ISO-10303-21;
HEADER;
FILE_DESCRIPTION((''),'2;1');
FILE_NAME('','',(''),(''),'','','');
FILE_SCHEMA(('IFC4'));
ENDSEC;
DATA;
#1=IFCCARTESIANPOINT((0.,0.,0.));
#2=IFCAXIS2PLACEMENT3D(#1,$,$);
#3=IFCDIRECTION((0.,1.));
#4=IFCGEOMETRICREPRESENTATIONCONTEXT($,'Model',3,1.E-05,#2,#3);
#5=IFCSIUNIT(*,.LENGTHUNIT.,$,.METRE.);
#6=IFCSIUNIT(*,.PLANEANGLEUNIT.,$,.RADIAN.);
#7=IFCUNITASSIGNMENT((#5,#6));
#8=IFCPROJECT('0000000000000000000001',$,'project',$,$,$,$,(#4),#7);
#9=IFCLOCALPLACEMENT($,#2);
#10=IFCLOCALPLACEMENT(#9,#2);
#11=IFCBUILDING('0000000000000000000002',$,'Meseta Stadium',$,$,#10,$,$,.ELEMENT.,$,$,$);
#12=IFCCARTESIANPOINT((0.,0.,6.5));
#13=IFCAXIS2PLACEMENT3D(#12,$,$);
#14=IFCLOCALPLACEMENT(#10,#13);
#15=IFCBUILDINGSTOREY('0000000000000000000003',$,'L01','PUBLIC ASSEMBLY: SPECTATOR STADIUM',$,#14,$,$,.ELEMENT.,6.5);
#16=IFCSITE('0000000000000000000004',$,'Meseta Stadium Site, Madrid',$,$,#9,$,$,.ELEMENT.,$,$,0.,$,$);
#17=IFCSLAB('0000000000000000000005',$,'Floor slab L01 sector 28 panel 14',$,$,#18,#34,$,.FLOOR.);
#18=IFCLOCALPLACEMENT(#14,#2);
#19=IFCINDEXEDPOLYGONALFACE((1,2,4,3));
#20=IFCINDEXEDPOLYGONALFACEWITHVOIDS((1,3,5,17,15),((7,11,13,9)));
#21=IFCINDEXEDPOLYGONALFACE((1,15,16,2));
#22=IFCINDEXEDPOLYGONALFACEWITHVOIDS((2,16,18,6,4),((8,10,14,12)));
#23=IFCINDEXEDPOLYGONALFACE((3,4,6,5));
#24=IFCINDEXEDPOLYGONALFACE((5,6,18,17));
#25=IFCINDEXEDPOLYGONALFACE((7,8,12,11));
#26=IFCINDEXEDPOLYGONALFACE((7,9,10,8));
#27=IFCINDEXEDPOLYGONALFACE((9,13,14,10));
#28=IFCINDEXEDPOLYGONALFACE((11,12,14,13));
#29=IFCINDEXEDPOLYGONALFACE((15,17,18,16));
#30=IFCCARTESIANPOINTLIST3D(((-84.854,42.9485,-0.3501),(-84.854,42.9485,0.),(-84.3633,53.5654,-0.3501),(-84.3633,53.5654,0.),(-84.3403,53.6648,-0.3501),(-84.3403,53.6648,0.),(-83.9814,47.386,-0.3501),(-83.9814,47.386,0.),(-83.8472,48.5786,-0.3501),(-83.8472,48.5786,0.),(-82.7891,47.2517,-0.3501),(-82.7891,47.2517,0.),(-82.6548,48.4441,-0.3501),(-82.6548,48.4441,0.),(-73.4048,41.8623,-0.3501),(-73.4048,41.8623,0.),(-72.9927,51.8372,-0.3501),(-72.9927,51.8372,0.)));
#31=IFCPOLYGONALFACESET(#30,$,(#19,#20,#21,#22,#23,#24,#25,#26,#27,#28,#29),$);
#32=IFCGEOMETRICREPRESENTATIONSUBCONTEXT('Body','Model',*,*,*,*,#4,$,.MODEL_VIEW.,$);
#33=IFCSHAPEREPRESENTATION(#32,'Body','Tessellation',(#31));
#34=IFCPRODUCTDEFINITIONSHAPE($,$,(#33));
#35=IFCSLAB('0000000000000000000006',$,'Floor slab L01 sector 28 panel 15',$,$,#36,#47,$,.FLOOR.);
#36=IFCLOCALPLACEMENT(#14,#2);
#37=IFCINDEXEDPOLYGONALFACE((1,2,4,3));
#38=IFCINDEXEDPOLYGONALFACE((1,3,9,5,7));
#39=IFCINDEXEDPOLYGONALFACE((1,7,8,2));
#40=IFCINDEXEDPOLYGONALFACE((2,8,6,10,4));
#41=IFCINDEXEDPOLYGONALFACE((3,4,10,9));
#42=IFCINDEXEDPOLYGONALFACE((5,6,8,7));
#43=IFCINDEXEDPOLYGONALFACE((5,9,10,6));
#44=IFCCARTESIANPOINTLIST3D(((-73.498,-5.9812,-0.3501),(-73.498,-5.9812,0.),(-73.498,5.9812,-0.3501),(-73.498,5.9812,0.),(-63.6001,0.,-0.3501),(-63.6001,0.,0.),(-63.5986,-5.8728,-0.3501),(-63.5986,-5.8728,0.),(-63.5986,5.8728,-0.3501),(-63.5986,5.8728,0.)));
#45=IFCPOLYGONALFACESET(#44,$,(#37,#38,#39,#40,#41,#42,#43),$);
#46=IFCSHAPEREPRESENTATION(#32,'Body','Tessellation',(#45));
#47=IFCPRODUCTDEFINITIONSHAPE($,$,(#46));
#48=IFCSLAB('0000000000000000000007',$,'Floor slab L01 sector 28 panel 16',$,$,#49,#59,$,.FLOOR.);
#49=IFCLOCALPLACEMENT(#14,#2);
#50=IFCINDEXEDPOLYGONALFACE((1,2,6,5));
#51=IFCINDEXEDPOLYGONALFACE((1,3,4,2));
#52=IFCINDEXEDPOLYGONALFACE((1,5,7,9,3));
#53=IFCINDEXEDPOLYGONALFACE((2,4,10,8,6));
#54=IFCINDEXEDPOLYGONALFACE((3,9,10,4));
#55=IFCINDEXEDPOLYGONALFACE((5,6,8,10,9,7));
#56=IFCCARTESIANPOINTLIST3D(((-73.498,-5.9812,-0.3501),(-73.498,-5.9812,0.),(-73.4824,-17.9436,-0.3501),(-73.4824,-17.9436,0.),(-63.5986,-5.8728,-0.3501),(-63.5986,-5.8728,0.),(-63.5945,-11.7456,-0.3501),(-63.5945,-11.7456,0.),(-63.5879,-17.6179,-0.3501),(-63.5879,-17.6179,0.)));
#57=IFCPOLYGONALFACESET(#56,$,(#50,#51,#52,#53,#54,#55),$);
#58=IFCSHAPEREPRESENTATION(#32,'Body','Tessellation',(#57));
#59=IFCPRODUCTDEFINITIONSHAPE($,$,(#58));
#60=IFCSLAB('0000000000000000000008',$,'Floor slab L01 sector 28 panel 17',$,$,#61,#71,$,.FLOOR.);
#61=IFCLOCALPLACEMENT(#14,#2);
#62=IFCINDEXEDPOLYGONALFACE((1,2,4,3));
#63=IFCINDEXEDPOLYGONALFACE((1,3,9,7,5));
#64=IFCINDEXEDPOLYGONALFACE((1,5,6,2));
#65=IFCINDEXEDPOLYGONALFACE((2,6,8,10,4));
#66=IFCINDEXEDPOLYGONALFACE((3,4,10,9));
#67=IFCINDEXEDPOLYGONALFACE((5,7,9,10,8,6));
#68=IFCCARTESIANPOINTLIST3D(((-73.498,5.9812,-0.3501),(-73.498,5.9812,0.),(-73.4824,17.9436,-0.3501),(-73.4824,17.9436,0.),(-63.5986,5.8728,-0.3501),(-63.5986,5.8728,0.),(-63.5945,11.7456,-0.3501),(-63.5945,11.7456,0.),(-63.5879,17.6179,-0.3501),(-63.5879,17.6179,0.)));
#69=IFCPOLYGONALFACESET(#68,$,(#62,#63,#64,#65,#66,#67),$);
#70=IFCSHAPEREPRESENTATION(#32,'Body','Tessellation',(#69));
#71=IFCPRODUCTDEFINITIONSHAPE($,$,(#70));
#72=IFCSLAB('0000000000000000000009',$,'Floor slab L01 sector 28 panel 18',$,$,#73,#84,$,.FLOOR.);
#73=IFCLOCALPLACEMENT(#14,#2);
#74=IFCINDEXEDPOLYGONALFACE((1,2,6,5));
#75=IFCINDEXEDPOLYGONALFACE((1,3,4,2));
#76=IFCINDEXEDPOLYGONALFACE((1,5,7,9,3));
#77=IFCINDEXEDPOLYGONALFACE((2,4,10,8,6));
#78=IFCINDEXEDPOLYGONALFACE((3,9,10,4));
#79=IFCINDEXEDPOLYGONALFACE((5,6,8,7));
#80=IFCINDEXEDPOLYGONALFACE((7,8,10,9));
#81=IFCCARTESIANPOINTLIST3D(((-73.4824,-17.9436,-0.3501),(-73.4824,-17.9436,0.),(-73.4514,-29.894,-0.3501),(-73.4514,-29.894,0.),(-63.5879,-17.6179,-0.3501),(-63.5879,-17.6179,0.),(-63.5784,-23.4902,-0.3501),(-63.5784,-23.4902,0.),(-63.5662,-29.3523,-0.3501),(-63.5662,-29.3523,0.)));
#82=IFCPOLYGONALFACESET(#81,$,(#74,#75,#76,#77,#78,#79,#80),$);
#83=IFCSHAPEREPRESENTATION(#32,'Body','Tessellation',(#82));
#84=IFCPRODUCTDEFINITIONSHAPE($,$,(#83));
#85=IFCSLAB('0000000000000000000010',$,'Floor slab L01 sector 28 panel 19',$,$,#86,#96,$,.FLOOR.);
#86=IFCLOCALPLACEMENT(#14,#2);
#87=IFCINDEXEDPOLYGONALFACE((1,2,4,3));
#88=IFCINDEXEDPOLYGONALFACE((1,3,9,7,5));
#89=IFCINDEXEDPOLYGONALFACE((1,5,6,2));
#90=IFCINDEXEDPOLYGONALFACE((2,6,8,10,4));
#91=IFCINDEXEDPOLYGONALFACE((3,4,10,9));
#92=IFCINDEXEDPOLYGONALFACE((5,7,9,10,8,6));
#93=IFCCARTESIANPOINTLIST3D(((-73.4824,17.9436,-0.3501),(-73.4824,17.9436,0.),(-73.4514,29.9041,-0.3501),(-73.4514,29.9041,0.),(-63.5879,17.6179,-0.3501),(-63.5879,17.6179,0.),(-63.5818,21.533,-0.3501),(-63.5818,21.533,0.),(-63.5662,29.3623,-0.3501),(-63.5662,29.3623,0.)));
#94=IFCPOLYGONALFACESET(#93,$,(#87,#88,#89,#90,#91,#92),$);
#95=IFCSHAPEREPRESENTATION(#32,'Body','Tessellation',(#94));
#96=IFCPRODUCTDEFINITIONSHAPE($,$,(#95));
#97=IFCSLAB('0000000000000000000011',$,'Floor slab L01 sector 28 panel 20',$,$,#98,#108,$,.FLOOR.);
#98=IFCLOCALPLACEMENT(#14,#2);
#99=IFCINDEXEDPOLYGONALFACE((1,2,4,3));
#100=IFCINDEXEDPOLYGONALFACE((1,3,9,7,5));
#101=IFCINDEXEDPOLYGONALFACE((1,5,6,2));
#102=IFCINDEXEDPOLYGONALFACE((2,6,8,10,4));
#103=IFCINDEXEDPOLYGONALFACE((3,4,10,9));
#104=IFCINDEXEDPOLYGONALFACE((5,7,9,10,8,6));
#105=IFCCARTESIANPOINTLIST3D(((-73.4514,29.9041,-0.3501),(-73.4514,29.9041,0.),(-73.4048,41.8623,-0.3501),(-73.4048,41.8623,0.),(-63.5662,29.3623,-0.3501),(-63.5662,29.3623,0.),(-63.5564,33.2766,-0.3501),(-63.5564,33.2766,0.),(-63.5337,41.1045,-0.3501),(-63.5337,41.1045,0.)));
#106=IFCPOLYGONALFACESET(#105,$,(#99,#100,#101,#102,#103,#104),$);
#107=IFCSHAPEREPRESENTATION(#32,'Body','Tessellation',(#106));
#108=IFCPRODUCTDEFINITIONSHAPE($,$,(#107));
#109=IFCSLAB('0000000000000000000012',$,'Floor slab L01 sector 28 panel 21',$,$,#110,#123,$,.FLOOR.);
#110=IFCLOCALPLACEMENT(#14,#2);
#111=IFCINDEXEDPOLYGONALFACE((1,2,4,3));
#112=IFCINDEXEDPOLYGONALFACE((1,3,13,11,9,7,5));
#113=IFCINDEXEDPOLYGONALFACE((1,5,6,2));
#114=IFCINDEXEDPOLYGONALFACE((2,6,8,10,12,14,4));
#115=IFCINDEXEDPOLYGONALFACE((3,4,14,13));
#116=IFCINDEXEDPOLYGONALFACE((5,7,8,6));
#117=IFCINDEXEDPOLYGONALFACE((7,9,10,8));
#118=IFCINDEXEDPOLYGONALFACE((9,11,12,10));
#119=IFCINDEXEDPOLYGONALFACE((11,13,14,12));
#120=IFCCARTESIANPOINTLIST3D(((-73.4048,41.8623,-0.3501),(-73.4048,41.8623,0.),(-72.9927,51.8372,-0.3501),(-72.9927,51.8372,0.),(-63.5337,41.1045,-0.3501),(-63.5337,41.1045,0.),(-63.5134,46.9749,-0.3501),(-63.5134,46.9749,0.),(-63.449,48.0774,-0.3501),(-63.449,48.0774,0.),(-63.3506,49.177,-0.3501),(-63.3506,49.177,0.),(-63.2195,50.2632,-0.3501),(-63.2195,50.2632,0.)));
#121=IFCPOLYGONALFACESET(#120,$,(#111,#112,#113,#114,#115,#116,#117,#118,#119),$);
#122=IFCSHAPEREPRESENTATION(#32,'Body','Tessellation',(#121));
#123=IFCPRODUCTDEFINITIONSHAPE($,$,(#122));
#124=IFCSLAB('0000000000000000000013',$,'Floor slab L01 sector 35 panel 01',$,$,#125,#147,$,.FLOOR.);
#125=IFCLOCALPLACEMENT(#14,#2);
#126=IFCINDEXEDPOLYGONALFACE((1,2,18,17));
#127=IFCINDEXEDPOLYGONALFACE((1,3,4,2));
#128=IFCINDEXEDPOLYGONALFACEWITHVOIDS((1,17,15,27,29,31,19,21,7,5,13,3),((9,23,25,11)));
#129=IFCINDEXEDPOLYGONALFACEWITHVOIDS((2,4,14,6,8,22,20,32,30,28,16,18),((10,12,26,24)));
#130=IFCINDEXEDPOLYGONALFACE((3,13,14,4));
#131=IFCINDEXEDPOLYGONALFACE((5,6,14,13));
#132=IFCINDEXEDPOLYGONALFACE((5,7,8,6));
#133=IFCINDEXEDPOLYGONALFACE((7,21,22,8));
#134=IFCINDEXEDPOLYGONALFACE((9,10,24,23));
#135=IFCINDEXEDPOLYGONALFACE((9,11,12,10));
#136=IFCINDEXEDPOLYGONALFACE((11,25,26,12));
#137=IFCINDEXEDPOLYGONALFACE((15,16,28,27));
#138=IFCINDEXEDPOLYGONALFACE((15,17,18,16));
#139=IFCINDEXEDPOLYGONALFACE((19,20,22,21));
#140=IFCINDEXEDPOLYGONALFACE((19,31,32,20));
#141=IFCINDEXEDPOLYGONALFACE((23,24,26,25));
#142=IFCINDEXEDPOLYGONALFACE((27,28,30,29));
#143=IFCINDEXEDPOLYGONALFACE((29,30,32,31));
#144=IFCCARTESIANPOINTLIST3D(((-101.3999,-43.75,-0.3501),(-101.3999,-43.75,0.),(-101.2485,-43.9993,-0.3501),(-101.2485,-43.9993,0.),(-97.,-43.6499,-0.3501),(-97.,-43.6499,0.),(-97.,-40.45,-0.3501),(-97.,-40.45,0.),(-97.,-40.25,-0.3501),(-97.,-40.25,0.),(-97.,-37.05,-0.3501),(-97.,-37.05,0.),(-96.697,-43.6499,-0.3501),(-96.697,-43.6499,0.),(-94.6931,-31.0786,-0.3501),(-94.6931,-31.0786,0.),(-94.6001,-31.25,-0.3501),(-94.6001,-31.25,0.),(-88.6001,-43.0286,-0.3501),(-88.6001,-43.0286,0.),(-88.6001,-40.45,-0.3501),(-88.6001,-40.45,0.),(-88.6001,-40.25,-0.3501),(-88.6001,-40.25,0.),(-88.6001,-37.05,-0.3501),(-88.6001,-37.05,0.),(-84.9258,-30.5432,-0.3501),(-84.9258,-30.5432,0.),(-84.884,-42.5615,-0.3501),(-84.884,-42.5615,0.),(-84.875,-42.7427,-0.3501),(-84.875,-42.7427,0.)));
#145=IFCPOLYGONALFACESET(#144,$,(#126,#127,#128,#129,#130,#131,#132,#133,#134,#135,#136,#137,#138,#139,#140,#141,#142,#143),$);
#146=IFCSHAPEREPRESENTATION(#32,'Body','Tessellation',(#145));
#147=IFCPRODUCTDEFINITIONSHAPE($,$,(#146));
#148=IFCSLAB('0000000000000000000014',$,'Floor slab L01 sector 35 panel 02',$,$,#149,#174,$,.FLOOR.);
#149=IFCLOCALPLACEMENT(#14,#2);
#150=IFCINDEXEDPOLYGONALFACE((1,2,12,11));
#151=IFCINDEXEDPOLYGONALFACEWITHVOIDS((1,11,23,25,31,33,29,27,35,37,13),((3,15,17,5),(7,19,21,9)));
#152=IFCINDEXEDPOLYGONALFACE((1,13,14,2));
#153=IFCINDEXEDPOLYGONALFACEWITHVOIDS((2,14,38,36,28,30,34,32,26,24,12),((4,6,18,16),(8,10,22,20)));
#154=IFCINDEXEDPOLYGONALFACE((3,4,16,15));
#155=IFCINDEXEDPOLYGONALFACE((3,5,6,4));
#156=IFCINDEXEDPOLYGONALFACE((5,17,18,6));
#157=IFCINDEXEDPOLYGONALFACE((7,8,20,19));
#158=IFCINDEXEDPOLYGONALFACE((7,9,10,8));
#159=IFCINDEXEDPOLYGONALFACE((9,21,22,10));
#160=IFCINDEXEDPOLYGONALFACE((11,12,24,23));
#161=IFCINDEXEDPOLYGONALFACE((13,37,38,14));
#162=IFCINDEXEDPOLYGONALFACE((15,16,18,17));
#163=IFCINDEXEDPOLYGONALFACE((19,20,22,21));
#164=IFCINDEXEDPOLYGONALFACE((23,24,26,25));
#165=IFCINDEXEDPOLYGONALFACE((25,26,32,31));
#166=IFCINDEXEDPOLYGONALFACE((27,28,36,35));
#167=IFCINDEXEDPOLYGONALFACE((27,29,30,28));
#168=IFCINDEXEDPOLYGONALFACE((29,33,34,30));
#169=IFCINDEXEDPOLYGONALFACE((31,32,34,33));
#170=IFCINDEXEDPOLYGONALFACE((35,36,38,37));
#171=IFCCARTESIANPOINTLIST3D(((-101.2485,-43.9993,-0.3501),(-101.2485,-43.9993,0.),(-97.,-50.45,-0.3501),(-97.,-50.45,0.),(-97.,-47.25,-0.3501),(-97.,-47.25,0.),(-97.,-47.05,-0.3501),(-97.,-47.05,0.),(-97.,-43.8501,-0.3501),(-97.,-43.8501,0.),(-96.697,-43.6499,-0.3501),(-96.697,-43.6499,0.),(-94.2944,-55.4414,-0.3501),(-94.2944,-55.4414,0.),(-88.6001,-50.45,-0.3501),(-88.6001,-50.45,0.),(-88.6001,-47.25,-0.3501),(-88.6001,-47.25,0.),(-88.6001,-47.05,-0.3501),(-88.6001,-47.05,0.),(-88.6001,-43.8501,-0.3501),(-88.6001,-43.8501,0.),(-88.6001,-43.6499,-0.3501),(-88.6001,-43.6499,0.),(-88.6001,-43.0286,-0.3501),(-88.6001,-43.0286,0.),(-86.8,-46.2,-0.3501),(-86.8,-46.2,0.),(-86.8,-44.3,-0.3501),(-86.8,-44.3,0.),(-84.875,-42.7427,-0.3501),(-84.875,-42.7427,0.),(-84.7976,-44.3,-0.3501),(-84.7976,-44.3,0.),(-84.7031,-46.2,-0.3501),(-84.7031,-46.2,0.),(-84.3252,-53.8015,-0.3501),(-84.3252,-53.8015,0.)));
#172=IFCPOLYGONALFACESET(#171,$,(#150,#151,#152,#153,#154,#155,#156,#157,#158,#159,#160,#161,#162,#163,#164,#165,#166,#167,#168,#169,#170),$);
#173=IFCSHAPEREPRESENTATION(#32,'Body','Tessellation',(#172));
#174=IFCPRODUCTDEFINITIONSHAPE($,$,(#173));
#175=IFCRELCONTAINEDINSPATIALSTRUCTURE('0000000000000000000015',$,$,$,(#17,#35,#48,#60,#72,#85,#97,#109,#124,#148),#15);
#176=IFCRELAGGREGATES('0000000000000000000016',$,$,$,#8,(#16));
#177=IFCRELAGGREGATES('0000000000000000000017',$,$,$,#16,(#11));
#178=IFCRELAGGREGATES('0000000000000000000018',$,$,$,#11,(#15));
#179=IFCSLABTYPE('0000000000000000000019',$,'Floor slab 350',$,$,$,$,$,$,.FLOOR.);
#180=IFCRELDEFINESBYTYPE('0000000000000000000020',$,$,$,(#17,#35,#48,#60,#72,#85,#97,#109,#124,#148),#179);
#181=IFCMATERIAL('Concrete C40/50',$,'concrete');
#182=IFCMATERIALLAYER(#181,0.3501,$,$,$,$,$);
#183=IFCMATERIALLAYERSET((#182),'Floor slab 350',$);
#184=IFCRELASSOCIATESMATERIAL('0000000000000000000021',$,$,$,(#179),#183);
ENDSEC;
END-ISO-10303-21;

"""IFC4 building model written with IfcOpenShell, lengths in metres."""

from ifc_helpers import new_model, si_unit, direction, frame, origin, place, context, subcontext, project, spatial, polyline, outline, extrude, material, layer, layer_set, type_object, element, save


model = new_model("IFC4")

# Units and contexts
model_context = context("Model", 3, precision=1e-05, world=origin(), true_north=direction((0.0, 1.0)))
body_context = subcontext(model_context, "Body", "Model", "MODEL_VIEW")
ifc_project = project(units=[si_unit("LENGTHUNIT", "METRE"), si_unit("PLANEANGLEUNIT", "RADIAN")], contexts=[model_context])

# Site, building, storey
site_placement = place(None, origin())
site = spatial("IfcSite", under=ifc_project, at=site_placement, Name="Meseta Stadium Site, Madrid", CompositionType="ELEMENT", RefElevation=0.0)
building_placement = place(site_placement, origin())
building = spatial("IfcBuilding", under=site, at=building_placement, Name="Meseta Stadium", CompositionType="ELEMENT")
storey_placement = place(building_placement, frame((0.0, 0.0, 6.5)))
storey = spatial("IfcBuildingStorey", under=building, at=storey_placement, Name="L01", Description="PUBLIC ASSEMBLY: SPECTATOR STADIUM", CompositionType="ELEMENT", Elevation=6.5)

# Slabs
ifc_material = material(Name="Concrete C40/50", Category="concrete")
ifc_layer = layer(ifc_material, 0.3501)
ifc_layer_set = layer_set([ifc_layer], Name="Floor slab 350")
slab_type = type_object("IfcSlabType", Name="Floor slab 350", PredefinedType="FLOOR", material=ifc_layer_set)
slab_1_placement = place(storey_placement, frame((0.0, 0.0, -0.3501)))
element("IfcSlab", 1, at=slab_1_placement, inside=storey, type_object=slab_type, Name="Floor slab L01 sector 28 panel 14", PredefinedType="FLOOR", context=body_context, shape_type="SweptSolid", body=[
    extrude(outline(polyline([(-72.9927, 51.8372), (-84.3403, 53.6648), (-84.3633, 53.5654), (-84.854, 42.9485), (-73.4048, 41.8623), (-72.9927, 51.8372)]), holes=[polyline([(-83.8472, 48.5786), (-82.6548, 48.4441), (-82.7891, 47.2517), (-83.9814, 47.386), (-83.8472, 48.5786)])]), origin(), (0.0, 0.0, 1.0), 0.3501),
])
slab_2_placement = place(storey_placement, frame((0.0, 0.0, -0.3501)))
element("IfcSlab", 2, at=slab_2_placement, inside=storey, type_object=slab_type, Name="Floor slab L01 sector 28 panel 15", PredefinedType="FLOOR", context=body_context, shape_type="SweptSolid", body=[
    extrude(outline(polyline([(-63.5986, 5.8728), (-73.498, 5.9812), (-73.498, -5.9812), (-63.5986, -5.8728), (-63.6001, 0.0), (-63.5986, 5.8728)])), origin(), (0.0, 0.0, 1.0), 0.3501),
])
slab_3_placement = place(storey_placement, frame((0.0, 0.0, -0.3501)))
element("IfcSlab", 3, at=slab_3_placement, inside=storey, type_object=slab_type, Name="Floor slab L01 sector 28 panel 16", PredefinedType="FLOOR", context=body_context, shape_type="SweptSolid", body=[
    extrude(outline(polyline([(-63.5986, -5.8728), (-73.498, -5.9812), (-73.4824, -17.9436), (-63.5879, -17.6179), (-63.5945, -11.7456), (-63.5986, -5.8728)])), origin(), (0.0, 0.0, 1.0), 0.3501),
])
slab_4_placement = place(storey_placement, frame((0.0, 0.0, -0.3501)))
element("IfcSlab", 4, at=slab_4_placement, inside=storey, type_object=slab_type, Name="Floor slab L01 sector 28 panel 17", PredefinedType="FLOOR", context=body_context, shape_type="SweptSolid", body=[
    extrude(outline(polyline([(-63.5879, 17.6179), (-73.4824, 17.9436), (-73.498, 5.9812), (-63.5986, 5.8728), (-63.5945, 11.7456), (-63.5879, 17.6179)])), origin(), (0.0, 0.0, 1.0), 0.3501),
])
slab_5_placement = place(storey_placement, frame((0.0, 0.0, -0.3501)))
element("IfcSlab", 5, at=slab_5_placement, inside=storey, type_object=slab_type, Name="Floor slab L01 sector 28 panel 18", PredefinedType="FLOOR", context=body_context, shape_type="SweptSolid", body=[
    extrude(outline(polyline([(-63.5879, -17.6179), (-73.4824, -17.9436), (-73.4514, -29.894), (-63.5662, -29.3523), (-63.5784, -23.4902), (-63.5879, -17.6179)])), origin(), (0.0, 0.0, 1.0), 0.3501),
])
slab_6_placement = place(storey_placement, frame((0.0, 0.0, -0.3501)))
element("IfcSlab", 6, at=slab_6_placement, inside=storey, type_object=slab_type, Name="Floor slab L01 sector 28 panel 19", PredefinedType="FLOOR", context=body_context, shape_type="SweptSolid", body=[
    extrude(outline(polyline([(-63.5662, 29.3623), (-73.4514, 29.9041), (-73.4824, 17.9436), (-63.5879, 17.6179), (-63.5818, 21.533), (-63.5662, 29.3623)])), origin(), (0.0, 0.0, 1.0), 0.3501),
])
slab_7_placement = place(storey_placement, frame((0.0, 0.0, -0.3501)))
element("IfcSlab", 7, at=slab_7_placement, inside=storey, type_object=slab_type, Name="Floor slab L01 sector 28 panel 20", PredefinedType="FLOOR", context=body_context, shape_type="SweptSolid", body=[
    extrude(outline(polyline([(-63.5337, 41.1045), (-73.4048, 41.8623), (-73.4514, 29.9041), (-63.5662, 29.3623), (-63.5564, 33.2766), (-63.5337, 41.1045)])), origin(), (0.0, 0.0, 1.0), 0.3501),
])
slab_8_placement = place(storey_placement, frame((0.0, 0.0, -0.3501)))
element("IfcSlab", 8, at=slab_8_placement, inside=storey, type_object=slab_type, Name="Floor slab L01 sector 28 panel 21", PredefinedType="FLOOR", context=body_context, shape_type="SweptSolid", body=[
    extrude(outline(polyline([(-72.9927, 51.8372), (-73.4048, 41.8623), (-63.5337, 41.1045), (-63.5134, 46.9749), (-63.449, 48.0774), (-63.3506, 49.177), (-63.2195, 50.2632), (-72.9927, 51.8372)])), origin(), (0.0, 0.0, 1.0), 0.3501),
])
slab_9_placement = place(storey_placement, frame((0.0, 0.0, -0.3501)))
element("IfcSlab", 9, at=slab_9_placement, inside=storey, type_object=slab_type, Name="Floor slab L01 sector 35 panel 01", PredefinedType="FLOOR", context=body_context, shape_type="SweptSolid", body=[
    extrude(outline(polyline([(-94.6001, -31.25), (-101.3999, -43.75), (-101.2485, -43.9993), (-96.697, -43.6499), (-97.0, -43.6499), (-97.0, -40.45), (-88.6001, -40.45), (-88.6001, -43.0286), (-84.875, -42.7427), (-84.884, -42.5615), (-84.9258, -30.5432), (-94.6931, -31.0786), (-94.6001, -31.25)]), holes=[polyline([(-88.6001, -40.25), (-97.0, -40.25), (-97.0, -37.05), (-88.6001, -37.05), (-88.6001, -40.25)])]), origin(), (0.0, 0.0, 1.0), 0.3501),
])
slab_10_placement = place(storey_placement, frame((0.0, 0.0, -0.3501)))
element("IfcSlab", 10, at=slab_10_placement, inside=storey, type_object=slab_type, Name="Floor slab L01 sector 35 panel 02", PredefinedType="FLOOR", context=body_context, shape_type="SweptSolid", body=[
    extrude(outline(polyline([(-88.6001, -43.0286), (-88.6001, -43.6499), (-96.697, -43.6499), (-101.2485, -43.9993), (-94.2944, -55.4414), (-84.3252, -53.8015), (-84.7031, -46.2), (-86.8, -46.2), (-86.8, -44.3), (-84.7976, -44.3), (-84.875, -42.7427), (-88.6001, -43.0286)]), holes=[polyline([(-97.0, -47.25), (-88.6001, -47.25), (-88.6001, -50.45), (-97.0, -50.45), (-97.0, -47.25)]), polyline([(-97.0, -47.05), (-97.0, -43.8501), (-88.6001, -43.8501), (-88.6001, -47.05), (-97.0, -47.05)])]), origin(), (0.0, 0.0, 1.0), 0.3501),
])

save(model, "model.ifc")
